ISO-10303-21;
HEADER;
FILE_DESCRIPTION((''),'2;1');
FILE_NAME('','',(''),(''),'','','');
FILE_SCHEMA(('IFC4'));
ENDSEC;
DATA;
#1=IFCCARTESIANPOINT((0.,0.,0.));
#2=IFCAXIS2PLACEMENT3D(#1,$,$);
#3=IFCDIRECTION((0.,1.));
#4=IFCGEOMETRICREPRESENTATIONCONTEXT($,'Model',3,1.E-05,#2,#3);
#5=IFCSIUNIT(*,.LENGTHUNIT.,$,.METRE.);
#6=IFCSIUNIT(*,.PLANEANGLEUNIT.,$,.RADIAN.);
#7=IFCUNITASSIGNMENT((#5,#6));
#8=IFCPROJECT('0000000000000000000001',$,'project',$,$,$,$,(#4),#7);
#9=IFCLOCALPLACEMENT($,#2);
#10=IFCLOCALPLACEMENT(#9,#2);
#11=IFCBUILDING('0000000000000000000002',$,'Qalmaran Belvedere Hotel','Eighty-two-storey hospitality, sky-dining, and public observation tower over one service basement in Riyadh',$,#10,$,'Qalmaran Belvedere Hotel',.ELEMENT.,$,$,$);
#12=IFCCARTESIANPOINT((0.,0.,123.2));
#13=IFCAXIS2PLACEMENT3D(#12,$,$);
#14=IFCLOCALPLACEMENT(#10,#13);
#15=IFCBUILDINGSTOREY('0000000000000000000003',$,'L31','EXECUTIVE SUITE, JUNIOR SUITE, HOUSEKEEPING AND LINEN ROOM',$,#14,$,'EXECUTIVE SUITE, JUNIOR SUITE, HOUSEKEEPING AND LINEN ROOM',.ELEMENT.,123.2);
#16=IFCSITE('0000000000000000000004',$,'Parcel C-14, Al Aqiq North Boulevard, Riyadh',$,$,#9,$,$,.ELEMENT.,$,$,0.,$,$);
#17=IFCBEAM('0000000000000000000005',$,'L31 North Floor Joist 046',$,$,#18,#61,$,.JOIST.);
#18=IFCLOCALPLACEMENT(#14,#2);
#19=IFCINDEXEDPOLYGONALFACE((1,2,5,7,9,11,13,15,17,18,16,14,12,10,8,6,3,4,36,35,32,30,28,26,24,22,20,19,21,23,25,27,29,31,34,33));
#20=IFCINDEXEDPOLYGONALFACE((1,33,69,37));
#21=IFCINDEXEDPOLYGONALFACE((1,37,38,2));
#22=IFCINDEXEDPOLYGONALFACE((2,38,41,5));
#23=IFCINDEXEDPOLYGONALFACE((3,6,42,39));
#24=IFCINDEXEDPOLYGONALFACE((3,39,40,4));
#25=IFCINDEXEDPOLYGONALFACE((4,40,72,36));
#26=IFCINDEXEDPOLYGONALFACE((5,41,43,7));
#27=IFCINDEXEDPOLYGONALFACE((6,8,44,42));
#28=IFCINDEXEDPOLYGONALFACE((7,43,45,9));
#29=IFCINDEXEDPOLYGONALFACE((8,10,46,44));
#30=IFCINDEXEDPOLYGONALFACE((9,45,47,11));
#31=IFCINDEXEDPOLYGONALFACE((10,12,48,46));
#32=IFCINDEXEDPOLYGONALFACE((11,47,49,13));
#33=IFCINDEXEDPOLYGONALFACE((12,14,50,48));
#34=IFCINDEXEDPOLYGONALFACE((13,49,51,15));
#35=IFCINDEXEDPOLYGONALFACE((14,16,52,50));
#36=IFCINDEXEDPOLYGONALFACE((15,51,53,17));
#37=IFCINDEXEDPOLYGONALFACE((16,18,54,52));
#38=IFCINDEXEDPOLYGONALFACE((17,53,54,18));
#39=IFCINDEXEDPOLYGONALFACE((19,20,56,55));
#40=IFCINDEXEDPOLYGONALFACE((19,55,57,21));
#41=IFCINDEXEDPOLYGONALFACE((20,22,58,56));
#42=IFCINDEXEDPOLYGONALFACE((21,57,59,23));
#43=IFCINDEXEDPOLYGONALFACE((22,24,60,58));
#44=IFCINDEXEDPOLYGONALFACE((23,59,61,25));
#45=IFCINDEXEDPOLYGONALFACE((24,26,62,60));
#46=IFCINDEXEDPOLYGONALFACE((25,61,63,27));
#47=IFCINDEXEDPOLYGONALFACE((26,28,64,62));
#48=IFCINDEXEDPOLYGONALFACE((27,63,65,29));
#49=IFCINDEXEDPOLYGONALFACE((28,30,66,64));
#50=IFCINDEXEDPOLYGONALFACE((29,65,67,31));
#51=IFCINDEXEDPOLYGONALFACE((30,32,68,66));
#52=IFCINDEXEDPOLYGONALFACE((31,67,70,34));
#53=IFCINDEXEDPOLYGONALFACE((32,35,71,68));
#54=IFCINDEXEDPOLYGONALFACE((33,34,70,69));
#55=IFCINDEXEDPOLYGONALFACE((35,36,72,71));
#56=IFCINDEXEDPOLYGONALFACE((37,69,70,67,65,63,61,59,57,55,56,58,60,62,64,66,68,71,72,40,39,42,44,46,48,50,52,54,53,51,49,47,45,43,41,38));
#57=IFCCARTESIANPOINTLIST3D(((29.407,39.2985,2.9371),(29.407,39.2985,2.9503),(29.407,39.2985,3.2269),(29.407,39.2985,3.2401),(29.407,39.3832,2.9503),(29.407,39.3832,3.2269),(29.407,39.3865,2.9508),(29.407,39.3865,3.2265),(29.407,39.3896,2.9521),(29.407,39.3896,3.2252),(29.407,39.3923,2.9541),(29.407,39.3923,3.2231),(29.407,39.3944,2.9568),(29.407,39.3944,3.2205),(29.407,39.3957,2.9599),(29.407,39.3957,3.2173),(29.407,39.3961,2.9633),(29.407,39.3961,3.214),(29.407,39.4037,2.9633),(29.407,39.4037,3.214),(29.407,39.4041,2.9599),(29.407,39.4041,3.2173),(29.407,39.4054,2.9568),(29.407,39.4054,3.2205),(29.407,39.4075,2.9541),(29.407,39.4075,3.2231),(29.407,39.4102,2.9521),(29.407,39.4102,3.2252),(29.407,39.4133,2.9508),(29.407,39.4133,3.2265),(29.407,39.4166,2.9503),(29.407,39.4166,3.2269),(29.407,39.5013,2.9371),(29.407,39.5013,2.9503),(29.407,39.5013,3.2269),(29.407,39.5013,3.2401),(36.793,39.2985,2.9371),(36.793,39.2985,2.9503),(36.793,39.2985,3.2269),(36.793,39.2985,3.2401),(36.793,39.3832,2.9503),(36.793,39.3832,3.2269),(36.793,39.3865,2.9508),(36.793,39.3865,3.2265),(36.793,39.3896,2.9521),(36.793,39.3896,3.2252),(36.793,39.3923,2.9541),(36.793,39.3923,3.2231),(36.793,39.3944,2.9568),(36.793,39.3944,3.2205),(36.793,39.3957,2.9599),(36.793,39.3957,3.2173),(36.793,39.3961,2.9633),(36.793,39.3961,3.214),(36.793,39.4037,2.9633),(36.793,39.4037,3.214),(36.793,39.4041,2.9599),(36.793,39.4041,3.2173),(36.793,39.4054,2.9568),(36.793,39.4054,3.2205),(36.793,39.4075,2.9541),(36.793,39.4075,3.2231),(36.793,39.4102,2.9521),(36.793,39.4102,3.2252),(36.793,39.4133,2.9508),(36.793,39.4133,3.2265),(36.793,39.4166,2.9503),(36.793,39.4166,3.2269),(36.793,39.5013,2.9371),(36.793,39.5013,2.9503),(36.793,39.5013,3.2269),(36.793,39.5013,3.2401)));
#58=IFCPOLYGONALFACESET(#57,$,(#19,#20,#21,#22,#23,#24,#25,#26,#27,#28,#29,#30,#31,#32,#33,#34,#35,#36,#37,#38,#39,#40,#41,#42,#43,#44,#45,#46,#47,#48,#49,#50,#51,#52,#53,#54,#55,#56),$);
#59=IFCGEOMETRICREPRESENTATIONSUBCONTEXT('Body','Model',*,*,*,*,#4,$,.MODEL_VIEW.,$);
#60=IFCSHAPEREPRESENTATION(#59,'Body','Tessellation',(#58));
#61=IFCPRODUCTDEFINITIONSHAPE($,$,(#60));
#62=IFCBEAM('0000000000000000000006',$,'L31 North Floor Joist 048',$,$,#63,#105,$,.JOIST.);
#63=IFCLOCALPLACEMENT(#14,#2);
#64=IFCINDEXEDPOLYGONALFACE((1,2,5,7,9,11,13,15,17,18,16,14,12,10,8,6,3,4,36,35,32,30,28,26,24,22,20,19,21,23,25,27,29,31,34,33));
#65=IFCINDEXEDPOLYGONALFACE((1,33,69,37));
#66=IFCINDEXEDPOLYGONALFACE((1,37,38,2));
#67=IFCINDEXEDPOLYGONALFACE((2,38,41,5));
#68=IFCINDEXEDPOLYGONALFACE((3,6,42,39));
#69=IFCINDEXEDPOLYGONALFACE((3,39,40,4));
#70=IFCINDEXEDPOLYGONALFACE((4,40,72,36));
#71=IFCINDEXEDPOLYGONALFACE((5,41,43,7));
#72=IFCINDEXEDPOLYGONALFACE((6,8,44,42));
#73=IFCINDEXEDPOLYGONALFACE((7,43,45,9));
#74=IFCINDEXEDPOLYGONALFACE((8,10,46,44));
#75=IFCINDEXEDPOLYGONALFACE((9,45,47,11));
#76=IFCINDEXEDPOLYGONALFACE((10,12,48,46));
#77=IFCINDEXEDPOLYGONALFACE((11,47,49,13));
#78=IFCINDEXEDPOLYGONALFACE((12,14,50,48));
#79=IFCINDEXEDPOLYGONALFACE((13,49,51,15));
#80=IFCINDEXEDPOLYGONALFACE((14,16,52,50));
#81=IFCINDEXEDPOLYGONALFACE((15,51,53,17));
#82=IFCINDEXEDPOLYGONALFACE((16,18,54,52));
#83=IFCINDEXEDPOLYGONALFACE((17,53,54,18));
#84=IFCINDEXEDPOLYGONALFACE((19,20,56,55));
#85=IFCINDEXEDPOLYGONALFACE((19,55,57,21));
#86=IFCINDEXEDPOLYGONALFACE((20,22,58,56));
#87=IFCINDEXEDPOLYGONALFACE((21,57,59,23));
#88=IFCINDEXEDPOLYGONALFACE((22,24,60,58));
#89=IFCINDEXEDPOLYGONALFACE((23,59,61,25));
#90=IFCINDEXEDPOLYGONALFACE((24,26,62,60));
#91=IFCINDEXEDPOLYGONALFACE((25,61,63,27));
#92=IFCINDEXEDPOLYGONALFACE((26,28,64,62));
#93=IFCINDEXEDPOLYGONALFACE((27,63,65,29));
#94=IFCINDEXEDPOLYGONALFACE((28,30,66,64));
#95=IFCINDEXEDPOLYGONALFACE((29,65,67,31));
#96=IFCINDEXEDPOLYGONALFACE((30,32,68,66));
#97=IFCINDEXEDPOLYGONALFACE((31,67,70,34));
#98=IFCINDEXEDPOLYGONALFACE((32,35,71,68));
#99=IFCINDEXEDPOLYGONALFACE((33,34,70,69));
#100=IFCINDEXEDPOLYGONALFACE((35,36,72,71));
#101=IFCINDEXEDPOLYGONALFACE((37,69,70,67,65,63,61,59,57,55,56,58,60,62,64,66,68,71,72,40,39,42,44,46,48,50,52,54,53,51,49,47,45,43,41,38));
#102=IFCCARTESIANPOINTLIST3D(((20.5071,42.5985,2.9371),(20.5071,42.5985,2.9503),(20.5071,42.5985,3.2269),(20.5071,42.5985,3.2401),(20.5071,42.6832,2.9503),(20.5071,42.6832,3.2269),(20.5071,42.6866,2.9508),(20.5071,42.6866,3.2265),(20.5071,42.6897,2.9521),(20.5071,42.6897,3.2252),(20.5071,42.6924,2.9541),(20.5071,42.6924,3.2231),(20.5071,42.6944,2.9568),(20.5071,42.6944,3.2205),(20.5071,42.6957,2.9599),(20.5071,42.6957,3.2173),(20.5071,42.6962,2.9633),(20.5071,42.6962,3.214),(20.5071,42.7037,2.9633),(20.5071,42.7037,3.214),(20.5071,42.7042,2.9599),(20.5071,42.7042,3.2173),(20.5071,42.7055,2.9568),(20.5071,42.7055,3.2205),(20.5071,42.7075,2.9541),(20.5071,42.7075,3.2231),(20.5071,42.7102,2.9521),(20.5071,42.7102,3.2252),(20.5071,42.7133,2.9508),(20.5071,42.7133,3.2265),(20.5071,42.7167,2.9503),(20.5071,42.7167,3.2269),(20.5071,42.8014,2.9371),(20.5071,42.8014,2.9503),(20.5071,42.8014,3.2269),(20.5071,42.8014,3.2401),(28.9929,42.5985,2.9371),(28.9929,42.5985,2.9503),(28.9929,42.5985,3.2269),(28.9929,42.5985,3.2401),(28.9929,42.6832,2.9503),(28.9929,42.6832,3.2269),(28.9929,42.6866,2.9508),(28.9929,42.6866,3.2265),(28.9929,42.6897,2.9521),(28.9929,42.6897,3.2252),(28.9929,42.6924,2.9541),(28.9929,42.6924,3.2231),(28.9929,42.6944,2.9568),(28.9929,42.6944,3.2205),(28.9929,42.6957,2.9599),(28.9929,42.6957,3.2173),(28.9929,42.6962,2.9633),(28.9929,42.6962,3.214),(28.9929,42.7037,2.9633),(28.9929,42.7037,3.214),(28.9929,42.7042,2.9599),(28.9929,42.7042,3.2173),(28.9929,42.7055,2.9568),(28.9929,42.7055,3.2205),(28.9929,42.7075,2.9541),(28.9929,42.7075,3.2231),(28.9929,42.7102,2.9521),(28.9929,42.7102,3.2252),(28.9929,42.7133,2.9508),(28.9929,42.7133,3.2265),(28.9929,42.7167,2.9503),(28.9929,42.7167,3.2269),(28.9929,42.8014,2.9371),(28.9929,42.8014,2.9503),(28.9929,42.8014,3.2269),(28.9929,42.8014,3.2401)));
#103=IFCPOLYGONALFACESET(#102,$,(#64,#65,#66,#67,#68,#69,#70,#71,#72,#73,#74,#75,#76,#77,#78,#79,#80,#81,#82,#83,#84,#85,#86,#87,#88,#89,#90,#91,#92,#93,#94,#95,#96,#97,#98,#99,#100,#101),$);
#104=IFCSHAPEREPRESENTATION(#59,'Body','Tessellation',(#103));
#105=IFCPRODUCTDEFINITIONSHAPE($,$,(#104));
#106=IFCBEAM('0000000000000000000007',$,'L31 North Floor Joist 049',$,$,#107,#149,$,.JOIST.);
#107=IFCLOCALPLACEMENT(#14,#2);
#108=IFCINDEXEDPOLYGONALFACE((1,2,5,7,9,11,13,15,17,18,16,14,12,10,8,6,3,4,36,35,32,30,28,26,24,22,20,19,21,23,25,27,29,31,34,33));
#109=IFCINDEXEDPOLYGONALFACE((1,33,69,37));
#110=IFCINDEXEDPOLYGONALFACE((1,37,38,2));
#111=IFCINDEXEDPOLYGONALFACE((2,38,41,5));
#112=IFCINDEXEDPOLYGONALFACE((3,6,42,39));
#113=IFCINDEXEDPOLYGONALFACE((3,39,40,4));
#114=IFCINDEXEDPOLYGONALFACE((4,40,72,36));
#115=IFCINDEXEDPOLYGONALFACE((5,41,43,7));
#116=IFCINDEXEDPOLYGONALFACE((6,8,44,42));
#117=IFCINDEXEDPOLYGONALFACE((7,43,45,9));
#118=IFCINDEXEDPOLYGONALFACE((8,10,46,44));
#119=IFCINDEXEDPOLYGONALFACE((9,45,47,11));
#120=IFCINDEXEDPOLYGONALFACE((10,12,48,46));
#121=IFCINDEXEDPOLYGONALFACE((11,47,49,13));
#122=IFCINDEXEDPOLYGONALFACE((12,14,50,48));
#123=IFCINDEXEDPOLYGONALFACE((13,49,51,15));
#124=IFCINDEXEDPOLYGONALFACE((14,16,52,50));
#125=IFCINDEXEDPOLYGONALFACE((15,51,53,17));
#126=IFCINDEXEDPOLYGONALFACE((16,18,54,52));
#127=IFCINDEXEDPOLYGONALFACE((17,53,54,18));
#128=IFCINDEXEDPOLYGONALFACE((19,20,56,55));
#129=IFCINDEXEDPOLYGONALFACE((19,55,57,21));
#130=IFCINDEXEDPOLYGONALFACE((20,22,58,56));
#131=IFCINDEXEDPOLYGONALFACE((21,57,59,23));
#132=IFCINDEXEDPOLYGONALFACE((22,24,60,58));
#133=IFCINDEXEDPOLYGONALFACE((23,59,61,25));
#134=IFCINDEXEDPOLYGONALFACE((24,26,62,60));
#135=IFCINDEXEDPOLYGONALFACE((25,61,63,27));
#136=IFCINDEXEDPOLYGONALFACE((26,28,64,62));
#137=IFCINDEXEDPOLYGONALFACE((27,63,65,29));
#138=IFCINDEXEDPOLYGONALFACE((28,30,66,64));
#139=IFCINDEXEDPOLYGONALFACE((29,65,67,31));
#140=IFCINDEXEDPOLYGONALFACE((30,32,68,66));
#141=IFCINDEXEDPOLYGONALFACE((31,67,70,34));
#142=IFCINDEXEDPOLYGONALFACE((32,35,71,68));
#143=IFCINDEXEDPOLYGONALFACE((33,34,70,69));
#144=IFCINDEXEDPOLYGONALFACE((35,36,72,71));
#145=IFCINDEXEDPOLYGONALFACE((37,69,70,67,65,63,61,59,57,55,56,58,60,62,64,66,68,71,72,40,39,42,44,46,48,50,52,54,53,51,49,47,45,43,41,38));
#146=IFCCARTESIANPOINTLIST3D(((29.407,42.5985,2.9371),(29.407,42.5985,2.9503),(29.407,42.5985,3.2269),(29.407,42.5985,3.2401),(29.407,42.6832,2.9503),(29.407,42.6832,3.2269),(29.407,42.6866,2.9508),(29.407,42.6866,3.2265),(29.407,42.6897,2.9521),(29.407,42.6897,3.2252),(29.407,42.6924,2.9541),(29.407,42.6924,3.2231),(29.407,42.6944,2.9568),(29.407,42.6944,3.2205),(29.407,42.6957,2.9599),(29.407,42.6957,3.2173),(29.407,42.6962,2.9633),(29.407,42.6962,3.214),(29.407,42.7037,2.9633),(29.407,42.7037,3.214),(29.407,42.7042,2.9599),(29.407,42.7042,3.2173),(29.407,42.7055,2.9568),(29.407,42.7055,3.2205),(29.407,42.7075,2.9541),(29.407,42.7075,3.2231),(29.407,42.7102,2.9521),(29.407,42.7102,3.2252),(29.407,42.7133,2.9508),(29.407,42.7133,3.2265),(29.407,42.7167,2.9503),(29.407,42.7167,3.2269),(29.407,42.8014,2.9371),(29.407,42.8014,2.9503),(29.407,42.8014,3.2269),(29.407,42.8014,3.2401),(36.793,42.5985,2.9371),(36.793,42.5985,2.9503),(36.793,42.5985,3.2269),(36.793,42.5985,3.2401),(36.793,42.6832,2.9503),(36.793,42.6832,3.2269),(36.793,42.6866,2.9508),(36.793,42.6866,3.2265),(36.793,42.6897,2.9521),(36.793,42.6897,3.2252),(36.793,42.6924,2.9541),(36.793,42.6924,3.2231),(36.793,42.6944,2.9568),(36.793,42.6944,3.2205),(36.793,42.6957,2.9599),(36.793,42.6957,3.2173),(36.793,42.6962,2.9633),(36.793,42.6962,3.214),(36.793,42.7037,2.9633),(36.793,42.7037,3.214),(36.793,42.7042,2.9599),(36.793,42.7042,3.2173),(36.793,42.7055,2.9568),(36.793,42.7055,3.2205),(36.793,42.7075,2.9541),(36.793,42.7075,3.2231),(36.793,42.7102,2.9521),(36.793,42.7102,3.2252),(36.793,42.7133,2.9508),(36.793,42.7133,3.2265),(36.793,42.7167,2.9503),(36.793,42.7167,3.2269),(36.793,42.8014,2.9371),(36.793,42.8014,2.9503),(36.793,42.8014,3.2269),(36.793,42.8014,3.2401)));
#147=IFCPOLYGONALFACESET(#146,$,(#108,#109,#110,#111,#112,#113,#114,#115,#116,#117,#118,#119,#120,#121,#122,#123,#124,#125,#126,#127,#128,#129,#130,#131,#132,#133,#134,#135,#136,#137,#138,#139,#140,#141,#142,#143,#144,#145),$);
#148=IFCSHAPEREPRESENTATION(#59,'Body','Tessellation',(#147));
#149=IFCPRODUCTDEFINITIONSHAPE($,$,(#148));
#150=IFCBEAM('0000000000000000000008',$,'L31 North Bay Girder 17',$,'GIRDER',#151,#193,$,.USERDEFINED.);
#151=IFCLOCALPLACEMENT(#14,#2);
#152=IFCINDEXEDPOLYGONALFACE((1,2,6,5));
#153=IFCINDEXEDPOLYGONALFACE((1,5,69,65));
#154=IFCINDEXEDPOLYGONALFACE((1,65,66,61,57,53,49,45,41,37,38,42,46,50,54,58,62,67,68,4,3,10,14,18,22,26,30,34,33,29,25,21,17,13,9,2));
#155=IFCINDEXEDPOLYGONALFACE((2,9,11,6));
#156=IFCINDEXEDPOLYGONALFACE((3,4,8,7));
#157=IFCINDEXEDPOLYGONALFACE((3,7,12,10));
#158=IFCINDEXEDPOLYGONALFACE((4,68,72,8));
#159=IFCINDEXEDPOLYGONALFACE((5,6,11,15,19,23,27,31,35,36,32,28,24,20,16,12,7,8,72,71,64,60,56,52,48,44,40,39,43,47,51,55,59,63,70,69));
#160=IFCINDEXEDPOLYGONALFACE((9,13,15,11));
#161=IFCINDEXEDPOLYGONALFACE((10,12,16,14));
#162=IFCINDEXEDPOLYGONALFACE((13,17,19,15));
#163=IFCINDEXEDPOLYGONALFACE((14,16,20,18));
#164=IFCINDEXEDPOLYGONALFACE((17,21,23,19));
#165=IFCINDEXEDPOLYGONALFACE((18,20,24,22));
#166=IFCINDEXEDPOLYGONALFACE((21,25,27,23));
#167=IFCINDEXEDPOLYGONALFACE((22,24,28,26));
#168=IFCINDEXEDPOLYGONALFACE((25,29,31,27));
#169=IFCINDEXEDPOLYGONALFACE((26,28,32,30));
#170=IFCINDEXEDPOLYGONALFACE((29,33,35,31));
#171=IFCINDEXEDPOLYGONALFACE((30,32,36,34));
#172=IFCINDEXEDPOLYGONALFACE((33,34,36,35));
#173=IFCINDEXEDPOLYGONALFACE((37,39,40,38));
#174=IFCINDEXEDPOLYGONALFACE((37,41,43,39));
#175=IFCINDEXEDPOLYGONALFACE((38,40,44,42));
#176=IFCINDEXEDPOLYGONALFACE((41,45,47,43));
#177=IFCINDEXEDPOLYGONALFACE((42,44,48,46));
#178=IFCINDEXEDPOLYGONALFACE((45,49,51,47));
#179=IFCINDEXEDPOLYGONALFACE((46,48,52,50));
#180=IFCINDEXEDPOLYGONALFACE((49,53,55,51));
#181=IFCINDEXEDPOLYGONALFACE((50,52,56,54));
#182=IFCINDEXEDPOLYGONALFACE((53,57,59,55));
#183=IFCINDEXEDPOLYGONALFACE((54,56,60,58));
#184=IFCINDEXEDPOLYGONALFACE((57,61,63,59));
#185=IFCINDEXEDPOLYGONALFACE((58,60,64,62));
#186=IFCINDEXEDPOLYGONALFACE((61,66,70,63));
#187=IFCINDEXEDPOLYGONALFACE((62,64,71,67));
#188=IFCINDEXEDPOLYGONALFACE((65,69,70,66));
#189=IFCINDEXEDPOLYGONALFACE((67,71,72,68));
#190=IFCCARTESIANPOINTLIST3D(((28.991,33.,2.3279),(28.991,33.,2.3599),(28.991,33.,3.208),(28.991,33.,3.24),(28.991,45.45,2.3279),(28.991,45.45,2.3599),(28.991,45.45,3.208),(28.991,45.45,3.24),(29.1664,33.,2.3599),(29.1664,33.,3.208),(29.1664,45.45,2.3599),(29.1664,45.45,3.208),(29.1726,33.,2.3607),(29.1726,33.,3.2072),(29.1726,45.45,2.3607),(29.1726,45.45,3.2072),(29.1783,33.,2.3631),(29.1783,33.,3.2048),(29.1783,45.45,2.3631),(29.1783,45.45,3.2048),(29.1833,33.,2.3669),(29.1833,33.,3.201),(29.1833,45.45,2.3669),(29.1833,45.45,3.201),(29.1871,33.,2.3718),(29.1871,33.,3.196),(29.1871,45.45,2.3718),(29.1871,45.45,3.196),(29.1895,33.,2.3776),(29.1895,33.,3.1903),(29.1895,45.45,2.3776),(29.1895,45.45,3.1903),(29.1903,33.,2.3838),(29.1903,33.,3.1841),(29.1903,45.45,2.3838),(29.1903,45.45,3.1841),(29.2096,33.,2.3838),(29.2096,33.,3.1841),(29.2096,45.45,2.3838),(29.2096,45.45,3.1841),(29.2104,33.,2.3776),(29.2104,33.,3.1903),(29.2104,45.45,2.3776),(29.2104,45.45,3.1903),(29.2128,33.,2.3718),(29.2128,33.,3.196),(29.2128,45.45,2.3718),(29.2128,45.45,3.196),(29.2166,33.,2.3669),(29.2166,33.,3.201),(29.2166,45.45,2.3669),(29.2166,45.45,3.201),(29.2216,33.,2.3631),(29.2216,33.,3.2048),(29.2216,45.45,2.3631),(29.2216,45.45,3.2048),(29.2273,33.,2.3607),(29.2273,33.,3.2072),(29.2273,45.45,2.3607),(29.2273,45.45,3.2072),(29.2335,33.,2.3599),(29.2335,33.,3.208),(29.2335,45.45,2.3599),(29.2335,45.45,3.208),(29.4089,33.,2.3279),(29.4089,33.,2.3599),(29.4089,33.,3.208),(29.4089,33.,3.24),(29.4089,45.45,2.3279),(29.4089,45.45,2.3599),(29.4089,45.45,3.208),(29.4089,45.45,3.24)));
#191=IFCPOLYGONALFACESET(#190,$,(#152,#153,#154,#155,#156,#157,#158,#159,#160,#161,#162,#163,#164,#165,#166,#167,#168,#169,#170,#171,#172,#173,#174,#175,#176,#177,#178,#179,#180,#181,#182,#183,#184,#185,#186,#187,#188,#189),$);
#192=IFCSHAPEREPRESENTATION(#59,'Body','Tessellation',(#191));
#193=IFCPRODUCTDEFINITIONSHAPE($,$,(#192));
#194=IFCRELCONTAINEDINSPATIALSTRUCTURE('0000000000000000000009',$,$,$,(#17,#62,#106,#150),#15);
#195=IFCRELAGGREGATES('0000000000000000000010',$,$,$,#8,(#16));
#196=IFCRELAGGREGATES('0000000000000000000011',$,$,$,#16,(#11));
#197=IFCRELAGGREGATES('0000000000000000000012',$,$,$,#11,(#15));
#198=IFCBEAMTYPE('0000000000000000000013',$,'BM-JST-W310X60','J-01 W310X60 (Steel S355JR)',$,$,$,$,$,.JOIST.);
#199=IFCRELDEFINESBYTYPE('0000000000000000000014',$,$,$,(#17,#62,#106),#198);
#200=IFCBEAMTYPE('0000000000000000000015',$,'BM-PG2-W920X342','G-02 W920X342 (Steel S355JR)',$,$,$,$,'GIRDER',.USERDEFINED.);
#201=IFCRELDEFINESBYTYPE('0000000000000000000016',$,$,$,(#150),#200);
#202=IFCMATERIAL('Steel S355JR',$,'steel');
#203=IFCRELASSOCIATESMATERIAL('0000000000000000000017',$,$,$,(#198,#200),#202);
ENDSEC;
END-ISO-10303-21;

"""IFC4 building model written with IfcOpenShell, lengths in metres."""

from ifc_helpers import new_model, si_unit, direction, frame, origin, origin_2d, place, context, subcontext, project, spatial, i_section, extrude, material, material_profile, profile_set, type_object, element, save


model = new_model("IFC4")

# Units and contexts
model_context = context("Model", 3, precision=1e-05, world=origin(), true_north=direction((0.0, 1.0)))
body_context = subcontext(model_context, "Body", "Model", "MODEL_VIEW")
ifc_project = project(units=[si_unit("LENGTHUNIT", "METRE"), si_unit("PLANEANGLEUNIT", "RADIAN")], contexts=[model_context])

# Site, building, storey
site_placement = place(None, origin())
site = spatial("IfcSite", under=ifc_project, at=site_placement, Name="Parcel C-14, Al Aqiq North Boulevard, Riyadh", CompositionType="ELEMENT", RefElevation=0.0)
building_placement = place(site_placement, origin())
building = spatial("IfcBuilding", under=site, at=building_placement, Name="Qalmaran Belvedere Hotel", Description="Eighty-two-storey hospitality, sky-dining, and public observation tower over one service basement in Riyadh", LongName="Qalmaran Belvedere Hotel", CompositionType="ELEMENT")
storey_placement = place(building_placement, frame((0.0, 0.0, 123.2)))
storey = spatial("IfcBuildingStorey", under=building, at=storey_placement, Name="L31", Description="EXECUTIVE SUITE, JUNIOR SUITE, HOUSEKEEPING AND LINEN ROOM", LongName="EXECUTIVE SUITE, JUNIOR SUITE, HOUSEKEEPING AND LINEN ROOM", CompositionType="ELEMENT", Elevation=123.2)

# Beams
ifc_material_1 = material(Name="Steel S355JR", Category="steel")
ifc_material_profile_1 = material_profile(ifc_material_1, i_section(OverallWidth=0.2029, OverallDepth=0.303, WebThickness=0.0076, FlangeThickness=0.0132, FilletRadius=0.0129, at=origin_2d()), Name="W310X60")
ifc_profile_set_1 = profile_set([ifc_material_profile_1], Name="Steel S355JR")
beam_type_1 = type_object("IfcBeamType", Name="BM-JST-W310X60", Description="J-01 W310X60 (Steel S355JR)", PredefinedType="JOIST", material=ifc_profile_set_1)
beam_1_placement = place(storey_placement, frame((29.407, 39.3999, 3.0886), z_axis=(1.0, 0.0, 0.0), x_axis=(0.0, 1.0, 0.0)))
element("IfcBeam", 1, at=beam_1_placement, inside=storey, type_object=beam_type_1, Name="L31 North Floor Joist 046", PredefinedType="JOIST", context=body_context, shape_type="SweptSolid", body=[
    extrude(i_section(OverallWidth=0.2029, OverallDepth=0.303, WebThickness=0.0076, FlangeThickness=0.0132, FilletRadius=0.0129, at=origin_2d()), origin(), (0.0, 0.0, 1.0), 7.386),
])
beam_2_placement = place(storey_placement, frame((20.5071, 42.7, 3.0886), z_axis=(1.0, 0.0, 0.0), x_axis=(0.0, 1.0, 0.0)))
element("IfcBeam", 2, at=beam_2_placement, inside=storey, type_object=beam_type_1, Name="L31 North Floor Joist 048", PredefinedType="JOIST", context=body_context, shape_type="SweptSolid", body=[
    extrude(i_section(OverallWidth=0.2029, OverallDepth=0.303, WebThickness=0.0076, FlangeThickness=0.0132, FilletRadius=0.0129, at=origin_2d()), origin(), (0.0, 0.0, 1.0), 8.4858),
])
beam_3_placement = place(storey_placement, frame((29.407, 42.7, 3.0886), z_axis=(1.0, 0.0, 0.0), x_axis=(0.0, 1.0, 0.0)))
element("IfcBeam", 3, at=beam_3_placement, inside=storey, type_object=beam_type_1, Name="L31 North Floor Joist 049", PredefinedType="JOIST", context=body_context, shape_type="SweptSolid", body=[
    extrude(i_section(OverallWidth=0.2029, OverallDepth=0.303, WebThickness=0.0076, FlangeThickness=0.0132, FilletRadius=0.0129, at=origin_2d()), origin(), (0.0, 0.0, 1.0), 7.386),
])
ifc_material_profile_2 = material_profile(ifc_material_1, i_section(OverallWidth=0.418, OverallDepth=0.9121, WebThickness=0.0193, FlangeThickness=0.032, FilletRadius=0.0239, at=origin_2d()), Name="W920X342")
ifc_profile_set_2 = profile_set([ifc_material_profile_2], Name="Steel S355JR")
beam_type_2 = type_object("IfcBeamType", Name="BM-PG2-W920X342", Description="G-02 W920X342 (Steel S355JR)", ElementType="GIRDER", PredefinedType="USERDEFINED", material=ifc_profile_set_2)
beam_4_placement = place(storey_placement, frame((29.2, 33.0, 2.7839), z_axis=(0.0, 1.0, 0.0), x_axis=(-1.0, 0.0, 0.0)))
element("IfcBeam", 4, at=beam_4_placement, inside=storey, type_object=beam_type_2, Name="L31 North Bay Girder 17", ObjectType="GIRDER", PredefinedType="USERDEFINED", context=body_context, shape_type="SweptSolid", body=[
    extrude(i_section(OverallWidth=0.418, OverallDepth=0.9121, WebThickness=0.0193, FlangeThickness=0.032, FilletRadius=0.0239, at=origin_2d()), origin(), (0.0, 0.0, 1.0), 12.45),
])

save(model, "model.ifc")
